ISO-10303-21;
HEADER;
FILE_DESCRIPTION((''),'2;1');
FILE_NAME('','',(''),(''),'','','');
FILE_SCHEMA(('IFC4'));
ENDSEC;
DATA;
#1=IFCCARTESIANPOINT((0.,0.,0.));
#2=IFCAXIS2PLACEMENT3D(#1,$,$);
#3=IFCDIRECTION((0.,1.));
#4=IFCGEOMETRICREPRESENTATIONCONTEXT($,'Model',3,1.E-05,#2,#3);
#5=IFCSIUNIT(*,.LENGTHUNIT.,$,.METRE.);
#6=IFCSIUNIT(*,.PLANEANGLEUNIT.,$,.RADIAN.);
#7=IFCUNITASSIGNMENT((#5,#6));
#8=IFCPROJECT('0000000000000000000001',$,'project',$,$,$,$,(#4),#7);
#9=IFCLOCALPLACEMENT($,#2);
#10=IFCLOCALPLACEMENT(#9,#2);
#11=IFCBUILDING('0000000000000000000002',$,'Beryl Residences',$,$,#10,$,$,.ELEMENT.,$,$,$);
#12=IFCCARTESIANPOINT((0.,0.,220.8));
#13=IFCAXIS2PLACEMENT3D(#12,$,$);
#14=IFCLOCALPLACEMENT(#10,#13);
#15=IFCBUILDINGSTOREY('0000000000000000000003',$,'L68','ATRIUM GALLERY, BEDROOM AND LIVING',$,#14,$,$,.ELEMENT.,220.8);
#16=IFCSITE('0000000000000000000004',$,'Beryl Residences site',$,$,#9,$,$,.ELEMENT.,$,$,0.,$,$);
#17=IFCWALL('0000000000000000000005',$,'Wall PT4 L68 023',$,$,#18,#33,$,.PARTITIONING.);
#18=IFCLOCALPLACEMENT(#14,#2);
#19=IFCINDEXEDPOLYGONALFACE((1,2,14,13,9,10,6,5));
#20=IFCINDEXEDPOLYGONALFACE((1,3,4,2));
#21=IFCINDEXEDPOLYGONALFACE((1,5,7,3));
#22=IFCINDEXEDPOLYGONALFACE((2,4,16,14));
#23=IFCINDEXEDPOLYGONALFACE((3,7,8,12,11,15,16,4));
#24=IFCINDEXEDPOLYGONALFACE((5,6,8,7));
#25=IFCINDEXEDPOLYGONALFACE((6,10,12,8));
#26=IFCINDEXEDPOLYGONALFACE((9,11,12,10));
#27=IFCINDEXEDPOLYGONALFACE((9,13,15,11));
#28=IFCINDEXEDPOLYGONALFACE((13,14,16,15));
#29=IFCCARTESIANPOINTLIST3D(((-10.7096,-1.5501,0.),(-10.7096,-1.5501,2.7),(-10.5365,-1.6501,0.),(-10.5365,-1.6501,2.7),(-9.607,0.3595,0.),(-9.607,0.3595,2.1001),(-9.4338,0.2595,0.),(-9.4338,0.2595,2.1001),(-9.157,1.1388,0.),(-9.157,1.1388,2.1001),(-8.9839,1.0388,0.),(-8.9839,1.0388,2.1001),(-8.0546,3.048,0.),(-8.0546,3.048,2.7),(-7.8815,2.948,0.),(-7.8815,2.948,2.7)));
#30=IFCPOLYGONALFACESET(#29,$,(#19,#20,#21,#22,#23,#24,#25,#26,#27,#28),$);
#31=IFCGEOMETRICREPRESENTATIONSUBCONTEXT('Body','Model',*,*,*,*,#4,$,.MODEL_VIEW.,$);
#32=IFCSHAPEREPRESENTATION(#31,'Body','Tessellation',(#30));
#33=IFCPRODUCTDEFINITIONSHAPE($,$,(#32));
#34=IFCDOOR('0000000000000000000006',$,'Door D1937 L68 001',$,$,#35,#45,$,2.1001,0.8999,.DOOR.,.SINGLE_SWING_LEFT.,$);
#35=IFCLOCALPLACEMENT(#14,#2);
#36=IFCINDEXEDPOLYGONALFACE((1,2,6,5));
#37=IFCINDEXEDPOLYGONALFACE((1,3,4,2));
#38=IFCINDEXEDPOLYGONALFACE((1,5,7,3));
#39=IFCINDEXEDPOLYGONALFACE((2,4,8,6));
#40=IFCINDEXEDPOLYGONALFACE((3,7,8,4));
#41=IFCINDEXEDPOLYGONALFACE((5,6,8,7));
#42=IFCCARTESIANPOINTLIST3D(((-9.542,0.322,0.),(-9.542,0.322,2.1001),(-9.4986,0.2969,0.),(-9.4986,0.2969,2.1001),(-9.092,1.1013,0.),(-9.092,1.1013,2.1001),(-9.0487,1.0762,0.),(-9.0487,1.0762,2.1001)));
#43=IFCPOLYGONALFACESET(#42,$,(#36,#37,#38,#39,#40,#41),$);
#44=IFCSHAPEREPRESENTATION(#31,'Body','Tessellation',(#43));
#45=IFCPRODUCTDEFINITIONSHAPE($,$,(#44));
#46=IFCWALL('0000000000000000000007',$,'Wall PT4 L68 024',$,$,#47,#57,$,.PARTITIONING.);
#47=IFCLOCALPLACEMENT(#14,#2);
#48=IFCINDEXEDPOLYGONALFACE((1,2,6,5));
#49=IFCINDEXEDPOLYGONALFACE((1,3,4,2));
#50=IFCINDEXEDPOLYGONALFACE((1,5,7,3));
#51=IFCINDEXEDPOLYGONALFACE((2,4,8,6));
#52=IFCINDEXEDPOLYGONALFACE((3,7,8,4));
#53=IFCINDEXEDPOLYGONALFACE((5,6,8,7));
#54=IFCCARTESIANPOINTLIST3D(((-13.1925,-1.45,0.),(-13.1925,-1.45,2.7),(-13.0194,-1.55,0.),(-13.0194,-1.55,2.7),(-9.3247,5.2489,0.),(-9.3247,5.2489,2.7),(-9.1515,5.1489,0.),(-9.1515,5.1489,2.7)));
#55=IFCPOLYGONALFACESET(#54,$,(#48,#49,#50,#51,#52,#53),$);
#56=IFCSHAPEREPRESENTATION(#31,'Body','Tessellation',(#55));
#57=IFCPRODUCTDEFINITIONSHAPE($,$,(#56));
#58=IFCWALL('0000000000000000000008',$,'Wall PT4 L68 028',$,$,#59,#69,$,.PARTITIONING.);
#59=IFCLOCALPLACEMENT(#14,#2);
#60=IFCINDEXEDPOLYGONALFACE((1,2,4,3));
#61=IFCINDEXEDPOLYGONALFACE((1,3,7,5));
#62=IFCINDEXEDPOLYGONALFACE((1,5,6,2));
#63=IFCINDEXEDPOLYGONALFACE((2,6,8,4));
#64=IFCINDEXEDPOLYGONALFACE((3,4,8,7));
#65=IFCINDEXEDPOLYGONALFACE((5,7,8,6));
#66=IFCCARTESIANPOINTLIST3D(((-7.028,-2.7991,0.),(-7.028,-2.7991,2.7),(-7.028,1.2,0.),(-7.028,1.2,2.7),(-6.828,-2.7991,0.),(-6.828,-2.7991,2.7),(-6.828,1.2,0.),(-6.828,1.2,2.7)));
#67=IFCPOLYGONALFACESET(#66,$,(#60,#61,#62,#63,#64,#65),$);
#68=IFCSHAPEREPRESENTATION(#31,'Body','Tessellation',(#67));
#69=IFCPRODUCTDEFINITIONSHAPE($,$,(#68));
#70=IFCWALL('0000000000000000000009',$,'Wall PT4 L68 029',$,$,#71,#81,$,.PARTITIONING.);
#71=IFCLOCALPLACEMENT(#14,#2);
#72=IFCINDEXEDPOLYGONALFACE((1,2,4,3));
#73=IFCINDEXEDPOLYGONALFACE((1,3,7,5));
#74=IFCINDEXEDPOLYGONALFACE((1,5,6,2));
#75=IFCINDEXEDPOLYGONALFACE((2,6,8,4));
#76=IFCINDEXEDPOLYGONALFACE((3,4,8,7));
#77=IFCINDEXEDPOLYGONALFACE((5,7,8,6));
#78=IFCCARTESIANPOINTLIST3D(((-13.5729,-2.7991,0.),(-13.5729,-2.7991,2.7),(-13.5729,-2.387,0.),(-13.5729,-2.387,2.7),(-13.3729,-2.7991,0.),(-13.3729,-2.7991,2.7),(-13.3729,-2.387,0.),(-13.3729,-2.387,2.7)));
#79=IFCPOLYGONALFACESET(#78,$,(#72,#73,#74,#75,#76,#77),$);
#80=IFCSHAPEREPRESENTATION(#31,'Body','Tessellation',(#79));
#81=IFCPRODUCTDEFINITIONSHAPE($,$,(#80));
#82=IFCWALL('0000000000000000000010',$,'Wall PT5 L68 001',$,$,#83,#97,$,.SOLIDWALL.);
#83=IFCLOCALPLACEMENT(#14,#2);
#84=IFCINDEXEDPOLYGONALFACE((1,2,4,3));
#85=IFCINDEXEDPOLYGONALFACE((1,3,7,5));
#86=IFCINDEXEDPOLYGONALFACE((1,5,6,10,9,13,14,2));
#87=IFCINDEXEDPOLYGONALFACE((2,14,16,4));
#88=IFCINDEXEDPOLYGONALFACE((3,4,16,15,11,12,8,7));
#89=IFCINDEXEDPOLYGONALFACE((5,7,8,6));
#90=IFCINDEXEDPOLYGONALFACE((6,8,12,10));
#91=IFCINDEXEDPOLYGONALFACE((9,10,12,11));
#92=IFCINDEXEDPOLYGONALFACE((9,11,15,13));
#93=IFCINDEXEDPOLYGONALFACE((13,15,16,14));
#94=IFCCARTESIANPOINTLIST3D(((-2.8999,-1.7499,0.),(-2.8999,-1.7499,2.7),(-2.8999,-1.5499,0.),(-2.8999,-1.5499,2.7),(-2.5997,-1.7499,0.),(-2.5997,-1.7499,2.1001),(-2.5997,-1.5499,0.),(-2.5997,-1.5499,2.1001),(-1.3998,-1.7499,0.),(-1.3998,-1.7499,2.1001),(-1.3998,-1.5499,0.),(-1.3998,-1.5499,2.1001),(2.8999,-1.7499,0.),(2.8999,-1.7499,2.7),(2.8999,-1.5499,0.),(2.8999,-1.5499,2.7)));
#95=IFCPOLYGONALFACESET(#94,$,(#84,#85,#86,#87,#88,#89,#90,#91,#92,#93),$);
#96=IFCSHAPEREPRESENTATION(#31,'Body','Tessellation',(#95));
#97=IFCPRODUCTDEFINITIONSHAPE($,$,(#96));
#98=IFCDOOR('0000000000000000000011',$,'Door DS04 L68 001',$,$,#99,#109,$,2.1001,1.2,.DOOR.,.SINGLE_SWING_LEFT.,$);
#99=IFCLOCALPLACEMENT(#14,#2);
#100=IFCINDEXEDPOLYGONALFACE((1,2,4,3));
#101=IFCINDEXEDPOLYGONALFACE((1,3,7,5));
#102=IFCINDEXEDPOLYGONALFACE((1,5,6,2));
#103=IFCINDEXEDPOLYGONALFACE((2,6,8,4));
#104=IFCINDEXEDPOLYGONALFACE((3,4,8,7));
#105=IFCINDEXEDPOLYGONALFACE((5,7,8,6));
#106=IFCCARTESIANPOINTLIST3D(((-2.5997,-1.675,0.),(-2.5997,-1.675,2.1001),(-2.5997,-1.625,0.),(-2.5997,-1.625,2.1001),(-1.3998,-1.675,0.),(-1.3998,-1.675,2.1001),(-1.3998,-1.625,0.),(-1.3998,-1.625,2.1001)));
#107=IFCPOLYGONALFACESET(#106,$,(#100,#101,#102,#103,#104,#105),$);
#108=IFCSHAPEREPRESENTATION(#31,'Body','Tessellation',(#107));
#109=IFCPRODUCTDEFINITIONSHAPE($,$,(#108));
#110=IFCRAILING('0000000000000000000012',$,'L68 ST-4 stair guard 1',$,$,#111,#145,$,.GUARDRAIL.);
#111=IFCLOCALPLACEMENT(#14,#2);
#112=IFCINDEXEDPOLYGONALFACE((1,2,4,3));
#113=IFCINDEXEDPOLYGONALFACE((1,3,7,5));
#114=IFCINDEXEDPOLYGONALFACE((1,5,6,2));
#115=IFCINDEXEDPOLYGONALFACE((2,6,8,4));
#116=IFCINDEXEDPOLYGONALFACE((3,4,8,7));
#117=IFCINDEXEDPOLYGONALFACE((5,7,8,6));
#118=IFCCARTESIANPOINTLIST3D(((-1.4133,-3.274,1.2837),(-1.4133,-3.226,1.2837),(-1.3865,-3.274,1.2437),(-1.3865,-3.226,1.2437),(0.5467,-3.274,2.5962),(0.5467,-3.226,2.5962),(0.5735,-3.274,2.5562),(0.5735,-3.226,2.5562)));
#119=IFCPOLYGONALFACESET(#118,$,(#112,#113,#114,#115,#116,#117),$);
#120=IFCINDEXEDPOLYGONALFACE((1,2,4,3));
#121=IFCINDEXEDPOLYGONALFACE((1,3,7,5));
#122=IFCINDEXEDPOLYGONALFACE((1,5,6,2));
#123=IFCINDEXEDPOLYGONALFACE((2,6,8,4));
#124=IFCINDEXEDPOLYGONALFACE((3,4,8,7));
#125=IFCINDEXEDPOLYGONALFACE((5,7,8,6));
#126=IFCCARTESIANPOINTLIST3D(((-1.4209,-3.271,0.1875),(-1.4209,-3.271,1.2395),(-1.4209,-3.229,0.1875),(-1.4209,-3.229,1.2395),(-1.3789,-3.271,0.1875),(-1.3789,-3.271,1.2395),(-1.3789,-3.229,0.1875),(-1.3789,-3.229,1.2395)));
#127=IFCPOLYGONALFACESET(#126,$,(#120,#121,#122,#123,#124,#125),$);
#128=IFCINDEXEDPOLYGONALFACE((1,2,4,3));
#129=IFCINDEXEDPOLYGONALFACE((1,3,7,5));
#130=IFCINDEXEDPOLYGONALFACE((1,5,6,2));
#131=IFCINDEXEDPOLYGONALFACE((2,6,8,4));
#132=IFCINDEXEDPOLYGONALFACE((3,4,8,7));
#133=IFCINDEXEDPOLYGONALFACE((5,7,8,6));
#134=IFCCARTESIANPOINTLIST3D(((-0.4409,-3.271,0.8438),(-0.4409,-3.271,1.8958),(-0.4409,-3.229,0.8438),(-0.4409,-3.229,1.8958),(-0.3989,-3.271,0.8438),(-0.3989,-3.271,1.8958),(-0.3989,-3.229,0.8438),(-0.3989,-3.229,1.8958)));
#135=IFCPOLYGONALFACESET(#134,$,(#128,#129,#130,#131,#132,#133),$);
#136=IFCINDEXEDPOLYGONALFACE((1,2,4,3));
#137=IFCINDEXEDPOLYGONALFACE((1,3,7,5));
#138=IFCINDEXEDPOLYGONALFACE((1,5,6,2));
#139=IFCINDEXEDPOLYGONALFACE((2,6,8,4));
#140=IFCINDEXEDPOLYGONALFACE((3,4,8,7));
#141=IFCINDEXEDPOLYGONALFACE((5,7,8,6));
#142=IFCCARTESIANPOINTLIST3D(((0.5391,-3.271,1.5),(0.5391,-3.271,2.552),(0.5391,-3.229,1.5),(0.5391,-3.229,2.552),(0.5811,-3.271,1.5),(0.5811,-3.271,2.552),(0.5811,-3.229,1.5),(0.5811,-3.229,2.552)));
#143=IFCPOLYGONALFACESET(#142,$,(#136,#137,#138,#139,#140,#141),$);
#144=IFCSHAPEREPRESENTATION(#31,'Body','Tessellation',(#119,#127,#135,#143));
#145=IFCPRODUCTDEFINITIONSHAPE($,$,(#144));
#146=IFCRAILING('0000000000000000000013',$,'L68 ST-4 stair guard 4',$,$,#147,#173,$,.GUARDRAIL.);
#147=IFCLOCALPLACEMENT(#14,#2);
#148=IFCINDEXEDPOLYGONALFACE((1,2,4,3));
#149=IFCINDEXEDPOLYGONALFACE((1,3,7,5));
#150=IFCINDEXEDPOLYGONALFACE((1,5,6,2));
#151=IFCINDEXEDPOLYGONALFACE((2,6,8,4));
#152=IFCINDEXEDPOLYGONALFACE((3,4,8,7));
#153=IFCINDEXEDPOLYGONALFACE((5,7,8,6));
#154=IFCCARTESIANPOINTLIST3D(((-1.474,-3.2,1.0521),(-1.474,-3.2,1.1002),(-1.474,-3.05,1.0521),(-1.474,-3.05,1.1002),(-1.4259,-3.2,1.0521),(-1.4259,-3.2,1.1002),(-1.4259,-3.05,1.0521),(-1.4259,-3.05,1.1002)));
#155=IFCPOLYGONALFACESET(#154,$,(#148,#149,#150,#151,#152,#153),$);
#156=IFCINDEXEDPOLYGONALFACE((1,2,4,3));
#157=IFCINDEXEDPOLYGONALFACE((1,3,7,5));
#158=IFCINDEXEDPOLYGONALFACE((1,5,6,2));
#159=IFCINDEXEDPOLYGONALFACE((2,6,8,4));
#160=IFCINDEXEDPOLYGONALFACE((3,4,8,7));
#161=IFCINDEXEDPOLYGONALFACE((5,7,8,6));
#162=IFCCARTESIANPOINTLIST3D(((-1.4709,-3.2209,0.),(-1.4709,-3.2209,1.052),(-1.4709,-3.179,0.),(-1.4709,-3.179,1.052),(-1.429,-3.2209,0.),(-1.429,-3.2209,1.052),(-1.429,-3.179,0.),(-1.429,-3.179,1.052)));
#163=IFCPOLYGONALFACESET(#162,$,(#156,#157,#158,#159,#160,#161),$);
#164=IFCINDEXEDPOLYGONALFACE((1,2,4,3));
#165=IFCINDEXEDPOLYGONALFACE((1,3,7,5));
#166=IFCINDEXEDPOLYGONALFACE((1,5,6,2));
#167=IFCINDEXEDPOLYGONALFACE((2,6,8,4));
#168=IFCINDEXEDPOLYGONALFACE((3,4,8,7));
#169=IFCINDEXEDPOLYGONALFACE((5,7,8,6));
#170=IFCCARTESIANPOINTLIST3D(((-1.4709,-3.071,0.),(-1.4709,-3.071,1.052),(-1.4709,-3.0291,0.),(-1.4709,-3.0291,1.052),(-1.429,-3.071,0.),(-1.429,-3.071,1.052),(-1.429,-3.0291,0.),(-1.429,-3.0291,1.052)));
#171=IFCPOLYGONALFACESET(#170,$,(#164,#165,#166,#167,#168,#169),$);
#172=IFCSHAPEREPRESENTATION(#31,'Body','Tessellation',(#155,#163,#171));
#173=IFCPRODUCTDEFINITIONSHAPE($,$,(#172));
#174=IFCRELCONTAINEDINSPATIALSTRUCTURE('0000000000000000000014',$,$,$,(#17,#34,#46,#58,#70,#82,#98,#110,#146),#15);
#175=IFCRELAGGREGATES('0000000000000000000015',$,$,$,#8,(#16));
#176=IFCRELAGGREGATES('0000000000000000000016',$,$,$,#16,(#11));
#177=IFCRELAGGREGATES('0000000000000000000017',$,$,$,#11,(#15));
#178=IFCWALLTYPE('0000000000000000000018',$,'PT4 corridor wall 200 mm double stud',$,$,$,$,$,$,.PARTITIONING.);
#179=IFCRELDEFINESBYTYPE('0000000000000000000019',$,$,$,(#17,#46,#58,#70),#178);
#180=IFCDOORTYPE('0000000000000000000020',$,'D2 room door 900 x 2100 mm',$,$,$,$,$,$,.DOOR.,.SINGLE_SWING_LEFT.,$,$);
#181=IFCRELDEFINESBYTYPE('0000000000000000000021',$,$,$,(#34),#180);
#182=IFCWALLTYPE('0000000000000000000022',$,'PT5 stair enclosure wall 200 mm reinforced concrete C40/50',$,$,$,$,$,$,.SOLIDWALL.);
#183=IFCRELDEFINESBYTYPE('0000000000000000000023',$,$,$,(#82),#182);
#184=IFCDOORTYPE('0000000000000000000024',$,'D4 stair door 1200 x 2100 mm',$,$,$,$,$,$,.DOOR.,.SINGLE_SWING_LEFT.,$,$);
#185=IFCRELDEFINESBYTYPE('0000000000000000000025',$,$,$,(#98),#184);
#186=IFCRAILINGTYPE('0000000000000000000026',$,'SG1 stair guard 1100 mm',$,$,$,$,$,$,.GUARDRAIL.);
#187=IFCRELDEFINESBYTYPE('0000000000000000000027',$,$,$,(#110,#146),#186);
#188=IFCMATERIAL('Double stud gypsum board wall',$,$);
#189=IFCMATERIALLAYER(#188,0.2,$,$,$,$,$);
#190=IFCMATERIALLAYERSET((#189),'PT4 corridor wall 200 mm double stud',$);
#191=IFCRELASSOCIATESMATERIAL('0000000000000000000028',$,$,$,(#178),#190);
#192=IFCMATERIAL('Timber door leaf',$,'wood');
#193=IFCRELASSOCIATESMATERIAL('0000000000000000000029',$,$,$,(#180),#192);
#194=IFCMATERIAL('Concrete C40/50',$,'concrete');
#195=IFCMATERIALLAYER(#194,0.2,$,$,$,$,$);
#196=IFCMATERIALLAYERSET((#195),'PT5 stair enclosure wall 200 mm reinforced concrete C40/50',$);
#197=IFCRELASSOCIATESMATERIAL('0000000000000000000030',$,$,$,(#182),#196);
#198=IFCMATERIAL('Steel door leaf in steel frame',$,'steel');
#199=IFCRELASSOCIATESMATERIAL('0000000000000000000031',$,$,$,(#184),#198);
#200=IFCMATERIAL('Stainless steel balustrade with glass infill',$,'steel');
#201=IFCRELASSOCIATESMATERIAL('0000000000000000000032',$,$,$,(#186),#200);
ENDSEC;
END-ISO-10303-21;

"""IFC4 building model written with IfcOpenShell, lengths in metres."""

from ifc_helpers import new_model, si_unit, direction, frame, frame_2d, origin, origin_2d, place, context, subcontext, project, spatial, rectangle, extrude, material, layer, layer_set, type_object, element, fill, save


model = new_model("IFC4")

# Units and contexts
model_context = context("Model", 3, precision=1e-05, world=origin(), true_north=direction((0.0, 1.0)))
body_context = subcontext(model_context, "Body", "Model", "MODEL_VIEW")
ifc_project = project(units=[si_unit("LENGTHUNIT", "METRE"), si_unit("PLANEANGLEUNIT", "RADIAN")], contexts=[model_context])

# Site, building, storey
site_placement = place(None, origin())
site = spatial("IfcSite", under=ifc_project, at=site_placement, Name="Beryl Residences site", CompositionType="ELEMENT", RefElevation=0.0)
building_placement = place(site_placement, origin())
building = spatial("IfcBuilding", under=site, at=building_placement, Name="Beryl Residences", CompositionType="ELEMENT")
storey_placement = place(building_placement, frame((0.0, 0.0, 220.8)))
storey = spatial("IfcBuildingStorey", under=building, at=storey_placement, Name="L68", Description="ATRIUM GALLERY, BEDROOM AND LIVING", CompositionType="ELEMENT", Elevation=220.8)

# Shared definitions
ifc_material_1 = material(Name="Double stud gypsum board wall")
ifc_layer_1 = layer(ifc_material_1, 0.2)
ifc_layer_set_1 = layer_set([ifc_layer_1], Name="PT4 corridor wall 200 mm double stud")
wall_type_1 = type_object("IfcWallType", Name="PT4 corridor wall 200 mm double stud", PredefinedType="PARTITIONING", material=ifc_layer_set_1)

# Wall, opening, door
wall_1_placement = place(storey_placement, frame((-10.623, -1.6001, 0.0), z_axis=(0.0, 0.0, 1.0), x_axis=(0.500041, 0.866002, 0.0)))
wall_1 = element("IfcWall", 1, at=wall_1_placement, inside=storey, type_object=wall_type_1, Name="Wall PT4 L68 023", PredefinedType="PARTITIONING", context=body_context, shape_type="SweptSolid", body=[
    extrude(rectangle(XDim=5.3096, YDim=0.2, at=frame_2d((2.6548, 0.0))), origin(), (0.0, 0.0, 1.0), 2.7),
])
opening_1_placement = place(wall_1_placement, frame((2.2051, 0.0, 0.0)))
opening_1 = element("IfcOpeningElement", 2, at=opening_1_placement, cuts=wall_1, PredefinedType="OPENING", context=body_context, shape_type="SweptSolid", body=[
    extrude(rectangle(XDim=0.8999, YDim=2.1001, at=frame_2d((0.45, 1.05))), frame((0.0, 0.1099, 0.0), z_axis=(0.0, -1.0, 0.0), x_axis=(1.0, 0.0, 0.0)), (0.0, 0.0, 1.0), 0.22),
])
ifc_material_2 = material(Name="Timber door leaf", Category="wood")
door_type_1 = type_object("IfcDoorType", Name="D2 room door 900 x 2100 mm", OperationType="SINGLE_SWING_LEFT", PredefinedType="DOOR", material=ifc_material_2)
door_1_placement = place(opening_1_placement, origin())
door_1 = element("IfcDoor", 3, at=door_1_placement, inside=storey, type_object=door_type_1, Name="Door D1937 L68 001", OperationType="SINGLE_SWING_LEFT", OverallHeight=2.1001, OverallWidth=0.8999, PredefinedType="DOOR", context=body_context, shape_type="SweptSolid", body=[
    extrude(rectangle(XDim=0.8999, YDim=2.1001, at=frame_2d((0.45, 1.05))), frame((0.0, 0.0249, 0.0), z_axis=(0.0, -1.0, 0.0), x_axis=(1.0, 0.0, 0.0)), (0.0, 0.0, 1.0), 0.05),
])
fill(opening_1, door_1)

# Walls
wall_2_placement = place(storey_placement, frame((-13.106, -1.5, 0.0), z_axis=(0.0, 0.0, 1.0), x_axis=(0.500026, 0.866011, 0.0)))
element("IfcWall", 4, at=wall_2_placement, inside=storey, type_object=wall_type_1, Name="Wall PT4 L68 024", PredefinedType="PARTITIONING", context=body_context, shape_type="SweptSolid", body=[
    extrude(rectangle(XDim=7.7354, YDim=0.2, at=frame_2d((3.8677, 0.0))), origin(), (0.0, 0.0, 1.0), 2.7),
])
wall_3_placement = place(storey_placement, frame((-6.928, -2.7991, 0.0), z_axis=(0.0, 0.0, 1.0), x_axis=(0.0, 1.0, 0.0)))
element("IfcWall", 5, at=wall_3_placement, inside=storey, type_object=wall_type_1, Name="Wall PT4 L68 028", PredefinedType="PARTITIONING", context=body_context, shape_type="SweptSolid", body=[
    extrude(rectangle(XDim=3.999, YDim=0.2, at=frame_2d((1.9995, 0.0))), origin(), (0.0, 0.0, 1.0), 2.7),
])
wall_4_placement = place(storey_placement, frame((-13.4729, -2.7991, 0.0), z_axis=(0.0, 0.0, 1.0), x_axis=(0.0, 1.0, 0.0)))
element("IfcWall", 6, at=wall_4_placement, inside=storey, type_object=wall_type_1, Name="Wall PT4 L68 029", PredefinedType="PARTITIONING", context=body_context, shape_type="SweptSolid", body=[
    extrude(rectangle(XDim=0.4121, YDim=0.2, at=frame_2d((0.2061, 0.0))), origin(), (0.0, 0.0, 1.0), 2.7),
])

# Wall, opening, door
ifc_material_3 = material(Name="Concrete C40/50", Category="concrete")
ifc_layer_2 = layer(ifc_material_3, 0.2)
ifc_layer_set_2 = layer_set([ifc_layer_2], Name="PT5 stair enclosure wall 200 mm reinforced concrete C40/50")
wall_type_2 = type_object("IfcWallType", Name="PT5 stair enclosure wall 200 mm reinforced concrete C40/50", PredefinedType="SOLIDWALL", material=ifc_layer_set_2)
wall_5_placement = place(storey_placement, frame((-2.8999, -1.6499, 0.0), z_axis=(0.0, 0.0, 1.0), x_axis=(1.0, 0.0, 0.0)))
wall_5 = element("IfcWall", 7, at=wall_5_placement, inside=storey, type_object=wall_type_2, Name="Wall PT5 L68 001", PredefinedType="SOLIDWALL", context=body_context, shape_type="SweptSolid", body=[
    extrude(rectangle(XDim=5.7998, YDim=0.2, at=frame_2d((2.8999, 0.0))), origin(), (0.0, 0.0, 1.0), 2.7),
])
opening_2_placement = place(wall_5_placement, frame((0.3, 0.0, 0.0)))
opening_2 = element("IfcOpeningElement", 8, at=opening_2_placement, cuts=wall_5, PredefinedType="OPENING", context=body_context, shape_type="SweptSolid", body=[
    extrude(rectangle(XDim=1.2, YDim=2.1001, at=frame_2d((0.6001, 1.05))), frame((0.0, 0.1099, 0.0), z_axis=(0.0, -1.0, 0.0), x_axis=(1.0, 0.0, 0.0)), (0.0, 0.0, 1.0), 0.22),
])
ifc_material_4 = material(Name="Steel door leaf in steel frame", Category="steel")
door_type_2 = type_object("IfcDoorType", Name="D4 stair door 1200 x 2100 mm", OperationType="SINGLE_SWING_LEFT", PredefinedType="DOOR", material=ifc_material_4)
door_2_placement = place(opening_2_placement, origin())
door_2 = element("IfcDoor", 9, at=door_2_placement, inside=storey, type_object=door_type_2, Name="Door DS04 L68 001", OperationType="SINGLE_SWING_LEFT", OverallHeight=2.1001, OverallWidth=1.2, PredefinedType="DOOR", context=body_context, shape_type="SweptSolid", body=[
    extrude(rectangle(XDim=1.2, YDim=2.1001, at=frame_2d((0.6001, 1.05))), frame((0.0, 0.0249, 0.0), z_axis=(0.0, -1.0, 0.0), x_axis=(1.0, 0.0, 0.0)), (0.0, 0.0, 1.0), 0.05),
])
fill(opening_2, door_2)

# Railings
ifc_material_5 = material(Name="Stainless steel balustrade with glass infill", Category="steel")
railing_type = type_object("IfcRailingType", Name="SG1 stair guard 1100 mm", PredefinedType="GUARDRAIL", material=ifc_material_5)
railing_1_placement = place(storey_placement, frame((-1.3999, -3.25, 0.1875)))
element("IfcRailing", 10, at=railing_1_placement, inside=storey, type_object=railing_type, Name="L68 ST-4 stair guard 1", PredefinedType="GUARDRAIL", context=body_context, shape_type="SweptSolid", body=[
    extrude(rectangle(XDim=0.0481, YDim=0.0481, at=origin_2d()), frame((0.0, 0.0, 1.0762), z_axis=(0.830902, 0.0, 0.556419), x_axis=(0.0, 1.0, 0.0)), (0.0, 0.0, 1.0), 2.3589),
    extrude(rectangle(XDim=0.042, YDim=0.042, at=origin_2d()), origin(), (0.0, 0.0, 1.0), 1.052),
    extrude(rectangle(XDim=0.042, YDim=0.042, at=origin_2d()), frame((0.98, 0.0, 0.6562)), (0.0, 0.0, 1.0), 1.052),
    extrude(rectangle(XDim=0.042, YDim=0.042, at=origin_2d()), frame((1.96, 0.0, 1.3125)), (0.0, 0.0, 1.0), 1.052),
])
railing_2_placement = place(storey_placement, frame((-1.45, -3.2, 0.0)))
element("IfcRailing", 11, at=railing_2_placement, inside=storey, type_object=railing_type, Name="L68 ST-4 stair guard 4", PredefinedType="GUARDRAIL", context=body_context, shape_type="SweptSolid", body=[
    extrude(rectangle(XDim=0.0481, YDim=0.0481, at=origin_2d()), frame((0.0, 0.0, 1.0762), z_axis=(0.0, 1.0, 0.0), x_axis=(-1.0, 0.0, 0.0)), (0.0, 0.0, 1.0), 0.1499),
    extrude(rectangle(XDim=0.042, YDim=0.042, at=origin_2d()), origin(), (0.0, 0.0, 1.0), 1.052),
    extrude(rectangle(XDim=0.042, YDim=0.042, at=origin_2d()), frame((0.0, 0.1499, 0.0)), (0.0, 0.0, 1.0), 1.052),
])

save(model, "model.ifc")
